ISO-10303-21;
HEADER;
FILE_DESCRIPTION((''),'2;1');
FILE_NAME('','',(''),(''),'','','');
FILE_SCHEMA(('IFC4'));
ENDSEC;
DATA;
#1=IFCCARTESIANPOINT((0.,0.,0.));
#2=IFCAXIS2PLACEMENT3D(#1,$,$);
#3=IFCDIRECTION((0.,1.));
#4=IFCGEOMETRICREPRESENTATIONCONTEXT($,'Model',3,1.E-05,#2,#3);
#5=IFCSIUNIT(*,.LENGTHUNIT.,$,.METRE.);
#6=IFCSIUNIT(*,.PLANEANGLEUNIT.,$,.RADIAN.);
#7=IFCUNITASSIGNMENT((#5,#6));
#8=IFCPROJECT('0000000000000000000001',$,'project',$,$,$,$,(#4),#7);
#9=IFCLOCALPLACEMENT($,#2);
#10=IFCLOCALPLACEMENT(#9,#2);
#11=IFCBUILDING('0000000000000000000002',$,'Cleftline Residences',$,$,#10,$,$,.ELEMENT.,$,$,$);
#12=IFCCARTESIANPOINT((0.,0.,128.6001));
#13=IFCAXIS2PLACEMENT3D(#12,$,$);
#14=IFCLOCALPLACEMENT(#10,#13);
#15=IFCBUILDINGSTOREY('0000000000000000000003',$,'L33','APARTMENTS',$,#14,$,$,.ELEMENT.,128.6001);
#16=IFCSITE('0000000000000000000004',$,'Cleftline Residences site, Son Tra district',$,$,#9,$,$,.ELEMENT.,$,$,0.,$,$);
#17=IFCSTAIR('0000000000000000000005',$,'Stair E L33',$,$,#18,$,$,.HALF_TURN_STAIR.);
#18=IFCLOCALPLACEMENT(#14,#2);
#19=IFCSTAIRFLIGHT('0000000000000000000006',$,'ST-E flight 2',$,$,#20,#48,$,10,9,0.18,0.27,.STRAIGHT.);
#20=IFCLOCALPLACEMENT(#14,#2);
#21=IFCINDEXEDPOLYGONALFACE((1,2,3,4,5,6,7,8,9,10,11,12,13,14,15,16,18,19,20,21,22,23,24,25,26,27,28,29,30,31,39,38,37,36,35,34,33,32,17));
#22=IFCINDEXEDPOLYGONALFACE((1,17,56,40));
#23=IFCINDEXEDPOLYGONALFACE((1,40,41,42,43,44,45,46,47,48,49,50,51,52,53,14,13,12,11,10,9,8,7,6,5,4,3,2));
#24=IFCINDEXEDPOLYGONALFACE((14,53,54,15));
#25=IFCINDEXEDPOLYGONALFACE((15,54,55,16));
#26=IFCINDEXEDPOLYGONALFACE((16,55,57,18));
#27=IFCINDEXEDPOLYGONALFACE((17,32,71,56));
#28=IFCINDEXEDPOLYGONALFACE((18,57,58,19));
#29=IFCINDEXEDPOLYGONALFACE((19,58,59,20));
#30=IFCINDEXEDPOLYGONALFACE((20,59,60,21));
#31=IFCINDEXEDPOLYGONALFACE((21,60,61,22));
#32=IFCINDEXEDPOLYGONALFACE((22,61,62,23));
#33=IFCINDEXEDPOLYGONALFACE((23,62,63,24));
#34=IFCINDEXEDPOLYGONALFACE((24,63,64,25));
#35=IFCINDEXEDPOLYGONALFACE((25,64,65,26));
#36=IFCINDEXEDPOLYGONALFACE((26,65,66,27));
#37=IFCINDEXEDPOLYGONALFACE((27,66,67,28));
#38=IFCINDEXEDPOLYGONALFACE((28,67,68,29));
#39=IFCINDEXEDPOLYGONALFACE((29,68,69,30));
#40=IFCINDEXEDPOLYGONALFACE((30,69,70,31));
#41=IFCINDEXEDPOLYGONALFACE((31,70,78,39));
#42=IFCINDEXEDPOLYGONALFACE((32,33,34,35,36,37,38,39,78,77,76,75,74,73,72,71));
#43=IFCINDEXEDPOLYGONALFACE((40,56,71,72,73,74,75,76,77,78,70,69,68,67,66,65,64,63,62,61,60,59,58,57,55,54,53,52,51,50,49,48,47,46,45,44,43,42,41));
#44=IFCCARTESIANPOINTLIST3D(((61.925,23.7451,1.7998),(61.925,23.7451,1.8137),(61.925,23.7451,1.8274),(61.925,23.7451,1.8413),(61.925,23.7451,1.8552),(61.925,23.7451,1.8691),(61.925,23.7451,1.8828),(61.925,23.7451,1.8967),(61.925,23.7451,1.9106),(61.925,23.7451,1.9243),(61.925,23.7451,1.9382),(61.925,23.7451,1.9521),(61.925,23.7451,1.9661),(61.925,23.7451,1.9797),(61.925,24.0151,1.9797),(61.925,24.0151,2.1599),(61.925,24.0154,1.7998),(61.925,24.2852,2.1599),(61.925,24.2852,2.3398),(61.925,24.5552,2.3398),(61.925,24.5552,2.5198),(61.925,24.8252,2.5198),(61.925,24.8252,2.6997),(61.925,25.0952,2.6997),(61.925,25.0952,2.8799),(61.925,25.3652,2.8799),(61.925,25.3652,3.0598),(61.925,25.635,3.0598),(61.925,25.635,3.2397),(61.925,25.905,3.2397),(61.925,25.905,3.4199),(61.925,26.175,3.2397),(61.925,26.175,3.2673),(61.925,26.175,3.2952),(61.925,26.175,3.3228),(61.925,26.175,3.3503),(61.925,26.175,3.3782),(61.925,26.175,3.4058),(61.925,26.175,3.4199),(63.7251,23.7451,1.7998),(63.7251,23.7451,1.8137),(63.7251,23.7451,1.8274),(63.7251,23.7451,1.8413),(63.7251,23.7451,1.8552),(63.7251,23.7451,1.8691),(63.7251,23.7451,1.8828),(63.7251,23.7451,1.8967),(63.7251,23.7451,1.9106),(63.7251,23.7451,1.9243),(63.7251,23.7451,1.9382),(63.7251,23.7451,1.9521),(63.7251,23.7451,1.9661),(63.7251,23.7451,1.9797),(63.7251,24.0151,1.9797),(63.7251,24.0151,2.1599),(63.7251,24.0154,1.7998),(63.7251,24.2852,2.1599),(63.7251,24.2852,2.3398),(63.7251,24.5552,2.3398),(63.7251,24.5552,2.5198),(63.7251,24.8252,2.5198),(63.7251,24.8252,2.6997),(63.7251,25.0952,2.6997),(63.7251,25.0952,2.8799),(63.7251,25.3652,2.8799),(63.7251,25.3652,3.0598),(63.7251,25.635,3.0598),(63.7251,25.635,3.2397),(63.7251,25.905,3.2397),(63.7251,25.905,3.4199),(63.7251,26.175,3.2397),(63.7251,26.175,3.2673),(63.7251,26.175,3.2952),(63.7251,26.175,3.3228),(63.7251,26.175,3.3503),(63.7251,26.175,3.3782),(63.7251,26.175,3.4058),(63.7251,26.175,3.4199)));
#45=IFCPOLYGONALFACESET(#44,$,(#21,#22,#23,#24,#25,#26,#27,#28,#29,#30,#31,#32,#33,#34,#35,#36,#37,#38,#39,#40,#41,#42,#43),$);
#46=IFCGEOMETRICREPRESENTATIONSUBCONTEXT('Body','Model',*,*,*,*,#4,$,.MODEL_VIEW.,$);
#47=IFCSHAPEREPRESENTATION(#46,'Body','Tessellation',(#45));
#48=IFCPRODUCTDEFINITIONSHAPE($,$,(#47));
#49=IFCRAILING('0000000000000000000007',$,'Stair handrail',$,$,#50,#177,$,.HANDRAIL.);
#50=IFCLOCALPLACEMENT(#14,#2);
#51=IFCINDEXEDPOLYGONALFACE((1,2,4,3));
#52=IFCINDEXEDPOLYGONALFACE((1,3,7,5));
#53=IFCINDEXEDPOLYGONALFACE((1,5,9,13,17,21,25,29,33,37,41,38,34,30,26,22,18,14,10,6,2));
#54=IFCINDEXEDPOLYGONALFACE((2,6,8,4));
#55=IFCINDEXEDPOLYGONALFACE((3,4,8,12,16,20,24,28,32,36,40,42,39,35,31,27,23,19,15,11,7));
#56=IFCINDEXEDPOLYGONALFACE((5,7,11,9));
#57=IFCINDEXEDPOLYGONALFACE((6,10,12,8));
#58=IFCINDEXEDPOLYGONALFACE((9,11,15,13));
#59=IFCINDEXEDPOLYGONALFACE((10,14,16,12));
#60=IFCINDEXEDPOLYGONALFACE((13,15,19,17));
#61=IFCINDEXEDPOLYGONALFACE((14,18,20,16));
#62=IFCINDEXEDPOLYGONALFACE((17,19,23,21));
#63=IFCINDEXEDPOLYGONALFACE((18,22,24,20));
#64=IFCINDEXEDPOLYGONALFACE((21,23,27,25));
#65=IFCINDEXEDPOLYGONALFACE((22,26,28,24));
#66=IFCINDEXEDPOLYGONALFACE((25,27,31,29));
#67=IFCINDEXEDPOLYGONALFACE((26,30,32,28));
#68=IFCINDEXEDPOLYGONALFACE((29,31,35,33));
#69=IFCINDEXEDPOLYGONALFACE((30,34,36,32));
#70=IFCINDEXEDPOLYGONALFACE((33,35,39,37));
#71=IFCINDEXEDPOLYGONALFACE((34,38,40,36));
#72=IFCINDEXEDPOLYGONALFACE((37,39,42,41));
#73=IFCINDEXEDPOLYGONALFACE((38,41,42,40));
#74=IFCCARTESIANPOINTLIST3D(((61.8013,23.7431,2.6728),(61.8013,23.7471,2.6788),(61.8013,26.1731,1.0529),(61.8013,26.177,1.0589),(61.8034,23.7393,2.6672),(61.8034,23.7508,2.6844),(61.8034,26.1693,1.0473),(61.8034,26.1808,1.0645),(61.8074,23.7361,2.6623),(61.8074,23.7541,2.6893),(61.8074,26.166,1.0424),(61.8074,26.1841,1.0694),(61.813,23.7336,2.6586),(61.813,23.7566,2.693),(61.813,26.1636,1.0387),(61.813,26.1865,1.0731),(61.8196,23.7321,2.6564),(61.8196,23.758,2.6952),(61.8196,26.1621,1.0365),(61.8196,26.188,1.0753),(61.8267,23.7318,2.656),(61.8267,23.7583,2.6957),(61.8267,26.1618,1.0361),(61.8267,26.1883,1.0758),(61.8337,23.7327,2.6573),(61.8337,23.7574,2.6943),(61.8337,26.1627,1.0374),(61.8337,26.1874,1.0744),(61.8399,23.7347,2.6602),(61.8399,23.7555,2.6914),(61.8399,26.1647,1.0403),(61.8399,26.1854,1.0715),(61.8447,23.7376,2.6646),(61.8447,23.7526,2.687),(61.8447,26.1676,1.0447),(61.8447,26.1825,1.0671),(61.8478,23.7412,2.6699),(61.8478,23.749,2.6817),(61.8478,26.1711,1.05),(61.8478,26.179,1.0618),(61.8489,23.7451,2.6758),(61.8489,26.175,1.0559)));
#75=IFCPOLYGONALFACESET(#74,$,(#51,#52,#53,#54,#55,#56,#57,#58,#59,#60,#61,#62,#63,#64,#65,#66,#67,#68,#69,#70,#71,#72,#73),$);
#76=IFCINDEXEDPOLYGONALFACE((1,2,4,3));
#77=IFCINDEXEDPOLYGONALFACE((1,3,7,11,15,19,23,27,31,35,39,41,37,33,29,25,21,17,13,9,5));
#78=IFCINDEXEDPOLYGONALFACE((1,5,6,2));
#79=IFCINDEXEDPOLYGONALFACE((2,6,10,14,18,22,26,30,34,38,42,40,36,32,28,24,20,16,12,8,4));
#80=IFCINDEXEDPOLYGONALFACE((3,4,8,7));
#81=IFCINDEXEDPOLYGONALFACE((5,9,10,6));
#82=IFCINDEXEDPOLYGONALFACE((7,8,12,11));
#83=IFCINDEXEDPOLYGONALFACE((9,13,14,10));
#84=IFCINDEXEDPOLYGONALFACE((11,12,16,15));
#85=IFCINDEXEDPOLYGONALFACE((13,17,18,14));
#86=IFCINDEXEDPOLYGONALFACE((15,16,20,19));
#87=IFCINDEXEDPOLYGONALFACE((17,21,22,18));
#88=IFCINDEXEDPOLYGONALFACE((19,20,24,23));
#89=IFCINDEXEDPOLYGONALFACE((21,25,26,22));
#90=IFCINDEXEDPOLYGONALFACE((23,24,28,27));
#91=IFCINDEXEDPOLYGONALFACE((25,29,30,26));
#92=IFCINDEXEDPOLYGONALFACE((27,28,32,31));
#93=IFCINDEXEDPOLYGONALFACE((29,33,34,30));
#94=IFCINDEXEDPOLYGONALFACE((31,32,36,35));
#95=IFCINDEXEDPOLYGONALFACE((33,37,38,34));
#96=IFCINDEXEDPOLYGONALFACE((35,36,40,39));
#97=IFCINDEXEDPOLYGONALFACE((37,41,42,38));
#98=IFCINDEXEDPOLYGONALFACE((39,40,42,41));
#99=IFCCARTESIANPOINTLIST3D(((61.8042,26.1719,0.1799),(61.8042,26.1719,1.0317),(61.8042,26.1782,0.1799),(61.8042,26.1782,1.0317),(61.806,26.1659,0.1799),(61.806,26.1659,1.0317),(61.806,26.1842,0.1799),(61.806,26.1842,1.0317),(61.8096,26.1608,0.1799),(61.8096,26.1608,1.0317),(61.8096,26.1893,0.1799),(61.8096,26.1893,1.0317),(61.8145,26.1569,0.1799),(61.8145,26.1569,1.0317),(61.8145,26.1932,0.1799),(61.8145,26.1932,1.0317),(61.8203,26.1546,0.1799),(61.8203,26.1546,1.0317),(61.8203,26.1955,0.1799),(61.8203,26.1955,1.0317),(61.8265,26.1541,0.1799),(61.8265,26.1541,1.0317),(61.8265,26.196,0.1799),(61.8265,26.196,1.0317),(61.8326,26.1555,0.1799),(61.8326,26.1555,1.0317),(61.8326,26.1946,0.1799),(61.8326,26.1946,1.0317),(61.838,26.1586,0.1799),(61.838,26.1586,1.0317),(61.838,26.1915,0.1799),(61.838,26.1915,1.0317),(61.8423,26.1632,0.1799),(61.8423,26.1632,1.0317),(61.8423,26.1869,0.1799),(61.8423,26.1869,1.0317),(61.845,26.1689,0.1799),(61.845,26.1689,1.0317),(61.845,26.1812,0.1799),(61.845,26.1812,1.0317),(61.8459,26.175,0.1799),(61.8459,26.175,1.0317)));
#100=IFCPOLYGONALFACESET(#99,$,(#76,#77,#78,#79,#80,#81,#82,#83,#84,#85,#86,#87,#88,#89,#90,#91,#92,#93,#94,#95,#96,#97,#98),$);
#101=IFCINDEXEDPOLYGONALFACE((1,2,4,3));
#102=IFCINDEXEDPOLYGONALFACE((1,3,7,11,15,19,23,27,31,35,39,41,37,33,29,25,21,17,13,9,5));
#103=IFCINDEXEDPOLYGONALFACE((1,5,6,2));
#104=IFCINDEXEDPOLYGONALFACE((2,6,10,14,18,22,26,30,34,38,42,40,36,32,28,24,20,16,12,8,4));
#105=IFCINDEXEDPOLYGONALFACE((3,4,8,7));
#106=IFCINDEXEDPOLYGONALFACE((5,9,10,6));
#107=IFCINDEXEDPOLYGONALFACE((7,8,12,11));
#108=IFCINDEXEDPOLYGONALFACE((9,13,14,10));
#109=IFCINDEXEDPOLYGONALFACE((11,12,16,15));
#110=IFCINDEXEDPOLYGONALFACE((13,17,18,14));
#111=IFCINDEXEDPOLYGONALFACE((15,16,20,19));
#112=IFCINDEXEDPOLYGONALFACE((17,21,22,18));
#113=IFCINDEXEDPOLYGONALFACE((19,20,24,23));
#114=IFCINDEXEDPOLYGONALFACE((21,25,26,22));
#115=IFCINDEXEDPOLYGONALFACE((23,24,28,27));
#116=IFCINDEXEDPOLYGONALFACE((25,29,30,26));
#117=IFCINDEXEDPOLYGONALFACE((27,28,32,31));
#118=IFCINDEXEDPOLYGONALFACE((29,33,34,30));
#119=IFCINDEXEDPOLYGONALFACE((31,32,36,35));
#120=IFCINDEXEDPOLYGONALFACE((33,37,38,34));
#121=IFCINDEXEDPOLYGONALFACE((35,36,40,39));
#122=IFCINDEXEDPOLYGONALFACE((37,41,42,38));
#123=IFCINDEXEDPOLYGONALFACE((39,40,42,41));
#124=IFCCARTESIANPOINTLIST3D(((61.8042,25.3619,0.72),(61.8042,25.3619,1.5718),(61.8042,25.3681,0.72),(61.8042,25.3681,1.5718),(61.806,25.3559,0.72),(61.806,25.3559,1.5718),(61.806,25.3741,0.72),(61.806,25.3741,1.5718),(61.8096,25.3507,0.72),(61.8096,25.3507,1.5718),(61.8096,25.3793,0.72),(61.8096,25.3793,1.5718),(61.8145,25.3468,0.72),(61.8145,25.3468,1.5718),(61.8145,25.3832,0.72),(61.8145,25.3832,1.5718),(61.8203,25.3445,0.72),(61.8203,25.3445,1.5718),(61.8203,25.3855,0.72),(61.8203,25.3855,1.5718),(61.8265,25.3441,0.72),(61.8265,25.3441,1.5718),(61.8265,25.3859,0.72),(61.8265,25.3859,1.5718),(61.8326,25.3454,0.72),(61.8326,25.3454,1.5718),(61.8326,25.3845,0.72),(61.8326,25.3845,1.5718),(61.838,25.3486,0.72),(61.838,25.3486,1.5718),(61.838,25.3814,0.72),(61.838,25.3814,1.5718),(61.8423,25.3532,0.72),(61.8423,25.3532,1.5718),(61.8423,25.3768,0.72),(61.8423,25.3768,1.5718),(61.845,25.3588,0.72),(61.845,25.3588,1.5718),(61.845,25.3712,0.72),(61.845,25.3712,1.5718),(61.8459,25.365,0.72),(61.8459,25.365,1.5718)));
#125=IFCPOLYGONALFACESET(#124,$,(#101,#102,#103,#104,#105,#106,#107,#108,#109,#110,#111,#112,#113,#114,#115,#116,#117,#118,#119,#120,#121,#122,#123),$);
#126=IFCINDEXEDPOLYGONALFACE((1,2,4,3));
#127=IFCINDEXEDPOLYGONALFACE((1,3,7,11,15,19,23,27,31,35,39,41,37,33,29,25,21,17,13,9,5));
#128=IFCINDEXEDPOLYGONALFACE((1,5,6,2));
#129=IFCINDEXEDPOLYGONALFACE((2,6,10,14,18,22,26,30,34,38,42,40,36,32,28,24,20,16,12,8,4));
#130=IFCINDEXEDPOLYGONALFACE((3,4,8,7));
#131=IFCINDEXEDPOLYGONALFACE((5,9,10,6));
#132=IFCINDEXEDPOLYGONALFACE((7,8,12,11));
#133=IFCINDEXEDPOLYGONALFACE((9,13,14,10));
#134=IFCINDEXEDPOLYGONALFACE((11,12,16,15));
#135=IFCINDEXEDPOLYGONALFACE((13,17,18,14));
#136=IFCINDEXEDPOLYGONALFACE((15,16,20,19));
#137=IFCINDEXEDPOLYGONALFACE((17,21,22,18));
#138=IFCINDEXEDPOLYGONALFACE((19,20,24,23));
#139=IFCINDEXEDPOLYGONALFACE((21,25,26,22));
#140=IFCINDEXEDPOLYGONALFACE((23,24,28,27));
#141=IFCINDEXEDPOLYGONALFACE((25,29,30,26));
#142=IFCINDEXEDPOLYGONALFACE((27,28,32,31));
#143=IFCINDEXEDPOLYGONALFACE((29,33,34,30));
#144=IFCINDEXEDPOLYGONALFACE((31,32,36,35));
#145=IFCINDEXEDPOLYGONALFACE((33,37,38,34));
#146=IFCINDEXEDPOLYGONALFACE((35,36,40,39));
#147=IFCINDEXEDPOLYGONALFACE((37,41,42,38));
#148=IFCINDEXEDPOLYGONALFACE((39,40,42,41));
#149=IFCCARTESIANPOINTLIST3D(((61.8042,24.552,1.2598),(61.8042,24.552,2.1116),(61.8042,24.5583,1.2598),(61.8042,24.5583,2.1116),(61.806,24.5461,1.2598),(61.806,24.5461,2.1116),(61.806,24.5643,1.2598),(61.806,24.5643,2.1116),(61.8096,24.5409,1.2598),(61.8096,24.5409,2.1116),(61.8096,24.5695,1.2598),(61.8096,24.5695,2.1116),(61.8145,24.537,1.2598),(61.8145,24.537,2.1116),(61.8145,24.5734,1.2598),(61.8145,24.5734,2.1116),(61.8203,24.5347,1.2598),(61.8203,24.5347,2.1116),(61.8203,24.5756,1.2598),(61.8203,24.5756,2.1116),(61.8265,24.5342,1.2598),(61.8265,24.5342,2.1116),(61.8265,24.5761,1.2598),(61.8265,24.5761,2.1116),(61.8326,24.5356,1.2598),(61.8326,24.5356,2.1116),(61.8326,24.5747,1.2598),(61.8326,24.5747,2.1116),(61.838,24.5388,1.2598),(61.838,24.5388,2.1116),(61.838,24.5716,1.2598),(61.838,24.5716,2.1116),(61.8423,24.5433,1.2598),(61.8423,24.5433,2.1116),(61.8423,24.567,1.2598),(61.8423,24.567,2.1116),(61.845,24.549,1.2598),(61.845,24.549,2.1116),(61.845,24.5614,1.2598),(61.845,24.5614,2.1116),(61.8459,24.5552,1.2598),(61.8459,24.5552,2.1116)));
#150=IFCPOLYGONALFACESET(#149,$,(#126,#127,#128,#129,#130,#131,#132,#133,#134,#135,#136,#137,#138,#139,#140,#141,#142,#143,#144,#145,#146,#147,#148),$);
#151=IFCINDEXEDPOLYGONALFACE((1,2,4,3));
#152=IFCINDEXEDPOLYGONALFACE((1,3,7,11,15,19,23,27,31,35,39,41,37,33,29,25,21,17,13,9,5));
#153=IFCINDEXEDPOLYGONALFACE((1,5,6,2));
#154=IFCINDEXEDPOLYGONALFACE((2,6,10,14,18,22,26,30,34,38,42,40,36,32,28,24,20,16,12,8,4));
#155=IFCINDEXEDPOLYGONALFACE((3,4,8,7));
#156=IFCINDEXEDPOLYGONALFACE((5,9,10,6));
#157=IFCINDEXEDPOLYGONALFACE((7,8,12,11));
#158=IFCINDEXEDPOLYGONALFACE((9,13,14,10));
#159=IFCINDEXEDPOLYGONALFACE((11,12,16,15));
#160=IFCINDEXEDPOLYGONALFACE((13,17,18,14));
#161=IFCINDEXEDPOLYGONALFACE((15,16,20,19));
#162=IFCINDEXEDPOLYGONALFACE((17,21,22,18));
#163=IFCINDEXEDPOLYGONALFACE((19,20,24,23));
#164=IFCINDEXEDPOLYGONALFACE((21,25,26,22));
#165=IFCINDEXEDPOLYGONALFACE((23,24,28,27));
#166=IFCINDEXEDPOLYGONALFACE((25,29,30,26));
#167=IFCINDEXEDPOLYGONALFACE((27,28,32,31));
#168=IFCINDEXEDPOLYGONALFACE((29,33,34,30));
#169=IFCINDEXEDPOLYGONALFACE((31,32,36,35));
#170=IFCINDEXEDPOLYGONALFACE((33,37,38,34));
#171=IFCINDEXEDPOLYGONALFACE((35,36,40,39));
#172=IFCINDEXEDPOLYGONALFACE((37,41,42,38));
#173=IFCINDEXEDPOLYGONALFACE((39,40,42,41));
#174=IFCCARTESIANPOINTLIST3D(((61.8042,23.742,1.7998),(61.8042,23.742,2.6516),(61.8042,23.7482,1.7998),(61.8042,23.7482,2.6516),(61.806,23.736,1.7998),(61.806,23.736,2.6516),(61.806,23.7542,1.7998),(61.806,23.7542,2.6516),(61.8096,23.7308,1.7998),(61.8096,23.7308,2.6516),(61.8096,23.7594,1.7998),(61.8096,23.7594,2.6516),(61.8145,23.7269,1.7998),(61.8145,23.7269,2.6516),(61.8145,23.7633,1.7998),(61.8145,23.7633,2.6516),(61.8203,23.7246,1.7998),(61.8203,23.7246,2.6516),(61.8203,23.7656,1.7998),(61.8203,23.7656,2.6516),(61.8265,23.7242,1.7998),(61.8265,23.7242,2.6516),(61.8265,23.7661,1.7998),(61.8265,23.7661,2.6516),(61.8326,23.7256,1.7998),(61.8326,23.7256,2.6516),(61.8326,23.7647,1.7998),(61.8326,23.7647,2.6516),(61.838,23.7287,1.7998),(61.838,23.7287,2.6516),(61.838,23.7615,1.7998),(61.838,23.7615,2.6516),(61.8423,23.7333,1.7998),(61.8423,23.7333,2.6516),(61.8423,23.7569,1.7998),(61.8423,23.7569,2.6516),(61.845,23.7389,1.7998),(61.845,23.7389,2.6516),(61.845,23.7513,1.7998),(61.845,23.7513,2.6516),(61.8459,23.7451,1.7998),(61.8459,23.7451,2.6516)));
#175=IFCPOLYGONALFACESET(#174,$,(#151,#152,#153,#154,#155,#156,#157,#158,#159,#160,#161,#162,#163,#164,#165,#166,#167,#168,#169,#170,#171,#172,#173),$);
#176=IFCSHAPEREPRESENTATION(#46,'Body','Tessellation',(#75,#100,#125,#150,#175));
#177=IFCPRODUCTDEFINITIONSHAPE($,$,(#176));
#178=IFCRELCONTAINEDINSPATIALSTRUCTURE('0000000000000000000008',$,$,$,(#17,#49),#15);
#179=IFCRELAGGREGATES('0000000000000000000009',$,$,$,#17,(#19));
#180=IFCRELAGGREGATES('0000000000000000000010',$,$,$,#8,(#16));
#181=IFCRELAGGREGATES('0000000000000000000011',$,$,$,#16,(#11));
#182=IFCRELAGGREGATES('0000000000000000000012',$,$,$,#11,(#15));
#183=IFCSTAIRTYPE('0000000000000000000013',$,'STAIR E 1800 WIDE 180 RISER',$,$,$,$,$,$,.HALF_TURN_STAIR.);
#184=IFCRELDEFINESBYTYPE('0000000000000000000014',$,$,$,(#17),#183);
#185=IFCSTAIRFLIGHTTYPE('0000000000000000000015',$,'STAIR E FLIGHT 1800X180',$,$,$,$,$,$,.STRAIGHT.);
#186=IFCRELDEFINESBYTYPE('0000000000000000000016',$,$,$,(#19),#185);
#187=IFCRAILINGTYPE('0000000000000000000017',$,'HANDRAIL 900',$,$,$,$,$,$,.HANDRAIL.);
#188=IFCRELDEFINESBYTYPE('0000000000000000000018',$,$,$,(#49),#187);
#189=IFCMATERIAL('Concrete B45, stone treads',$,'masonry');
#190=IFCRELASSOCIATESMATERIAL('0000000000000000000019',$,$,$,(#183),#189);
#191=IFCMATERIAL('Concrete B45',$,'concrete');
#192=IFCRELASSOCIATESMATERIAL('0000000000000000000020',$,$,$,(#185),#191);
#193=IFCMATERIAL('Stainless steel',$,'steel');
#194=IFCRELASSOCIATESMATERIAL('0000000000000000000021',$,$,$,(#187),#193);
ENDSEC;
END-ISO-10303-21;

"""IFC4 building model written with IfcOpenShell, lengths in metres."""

from ifc_helpers import new_model, si_unit, direction, frame, origin, origin_2d, place, context, subcontext, project, spatial, polyline, circle, outline, extrude, material, type_object, element, aggregate, save


model = new_model("IFC4")

# Units and contexts
model_context = context("Model", 3, precision=1e-05, world=origin(), true_north=direction((0.0, 1.0)))
body_context = subcontext(model_context, "Body", "Model", "MODEL_VIEW")
ifc_project = project(units=[si_unit("LENGTHUNIT", "METRE"), si_unit("PLANEANGLEUNIT", "RADIAN")], contexts=[model_context])

# Site, building, storey
site_placement = place(None, origin())
site = spatial("IfcSite", under=ifc_project, at=site_placement, Name="Cleftline Residences site, Son Tra district", CompositionType="ELEMENT", RefElevation=0.0)
building_placement = place(site_placement, origin())
building = spatial("IfcBuilding", under=site, at=building_placement, Name="Cleftline Residences", CompositionType="ELEMENT")
storey_placement = place(building_placement, frame((0.0, 0.0, 128.6001)))
storey = spatial("IfcBuildingStorey", under=building, at=storey_placement, Name="L33", Description="APARTMENTS", CompositionType="ELEMENT", Elevation=128.6001)

# Stair, stair flight
ifc_material_1 = material(Name="Concrete B45, stone treads", Category="masonry")
stair_type = type_object("IfcStairType", Name="STAIR E 1800 WIDE 180 RISER", PredefinedType="HALF_TURN_STAIR", material=ifc_material_1)
stair_placement = place(storey_placement, origin())
stair = element("IfcStair", 1, at=stair_placement, inside=storey, type_object=stair_type, Name="Stair E L33", PredefinedType="HALF_TURN_STAIR")
ifc_material_2 = material(Name="Concrete B45", Category="concrete")
stair_flight_type = type_object("IfcStairFlightType", Name="STAIR E FLIGHT 1800X180", PredefinedType="STRAIGHT", material=ifc_material_2)
stair_flight_1_placement = place(storey_placement, frame((62.825, 23.7451, 1.7998), z_axis=(0.0, 0.0, 1.0), x_axis=(0.0, 1.0, 0.0)))
stair_flight_1 = element("IfcStairFlight", 2, at=stair_flight_1_placement, type_object=stair_flight_type, Name="ST-E flight 2", NumberOfRisers=10, NumberOfTreads=9, PredefinedType="STRAIGHT", RiserHeight=0.18, TreadLength=0.27, context=body_context, shape_type="SweptSolid", body=[
    extrude(outline(polyline([(0.0, 0.0), (0.0, 0.0139), (0.0, 0.0276), (0.0, 0.0415), (0.0, 0.0554), (0.0, 0.0693), (0.0, 0.083), (0.0, 0.0969), (0.0, 0.1108), (0.0, 0.1245), (0.0, 0.1384), (0.0, 0.1523), (0.0, 0.1663), (0.0, 0.1799), (0.27, 0.1799), (0.27, 0.3601), (0.54, 0.3601), (0.54, 0.54), (0.8101, 0.54), (0.8101, 0.72), (1.0801, 0.72), (1.0801, 0.8999), (1.3501, 0.8999), (1.3501, 1.0801), (1.6201, 1.0801), (1.6201, 1.26), (1.8899, 1.26), (1.8899, 1.4399), (2.1599, 1.4399), (2.1599, 1.6201), (2.4299, 1.6201), (2.4299, 1.8), (2.4299, 1.7722), (2.4299, 1.7446), (2.4299, 1.7168), (2.4299, 1.6892), (2.4299, 1.6614), (2.4299, 1.6338), (2.4299, 1.606), (2.4299, 1.5784), (2.4299, 1.5505), (2.4299, 1.5229), (2.4299, 1.4954), (2.4299, 1.4675), (2.4299, 1.4399), (0.2703, 0.0), (0.0, 0.0)])), frame((0.0, 0.8999, 0.0), z_axis=(0.0, -1.0, 0.0), x_axis=(1.0, 0.0, 0.0)), (0.0, 0.0, 1.0), 1.8),
])
aggregate(stair, [stair_flight_1])

# Railing
ifc_material_3 = material(Name="Stainless steel", Category="steel")
railing_type = type_object("IfcRailingType", Name="HANDRAIL 900", PredefinedType="HANDRAIL", material=ifc_material_3)
railing_1_placement = place(storey_placement, frame((61.825, 26.175, 0.1799)))
element("IfcRailing", 3, at=railing_1_placement, inside=storey, type_object=railing_type, Name="Stair handrail", PredefinedType="HANDRAIL", context=body_context, shape_type="SweptSolid", body=[
    extrude(circle(Radius=0.0239, at=origin_2d()), frame((0.0, 0.0, 0.876), z_axis=(0.0, -0.832063, 0.554681), x_axis=(1.0, 0.0, 0.0)), (0.0, 0.0, 1.0), 2.9204),
    extrude(circle(Radius=0.021, at=origin_2d()), origin(), (0.0, 0.0, 1.0), 0.8518),
    extrude(circle(Radius=0.021, at=origin_2d()), frame((0.0, -0.8101, 0.54)), (0.0, 0.0, 1.0), 0.8518),
    extrude(circle(Radius=0.021, at=origin_2d()), frame((0.0, -1.6199, 1.0798)), (0.0, 0.0, 1.0), 0.8518),
    extrude(circle(Radius=0.021, at=origin_2d()), frame((0.0, -2.4299, 1.6199)), (0.0, 0.0, 1.0), 0.8518),
])

save(model, "model.ifc")
